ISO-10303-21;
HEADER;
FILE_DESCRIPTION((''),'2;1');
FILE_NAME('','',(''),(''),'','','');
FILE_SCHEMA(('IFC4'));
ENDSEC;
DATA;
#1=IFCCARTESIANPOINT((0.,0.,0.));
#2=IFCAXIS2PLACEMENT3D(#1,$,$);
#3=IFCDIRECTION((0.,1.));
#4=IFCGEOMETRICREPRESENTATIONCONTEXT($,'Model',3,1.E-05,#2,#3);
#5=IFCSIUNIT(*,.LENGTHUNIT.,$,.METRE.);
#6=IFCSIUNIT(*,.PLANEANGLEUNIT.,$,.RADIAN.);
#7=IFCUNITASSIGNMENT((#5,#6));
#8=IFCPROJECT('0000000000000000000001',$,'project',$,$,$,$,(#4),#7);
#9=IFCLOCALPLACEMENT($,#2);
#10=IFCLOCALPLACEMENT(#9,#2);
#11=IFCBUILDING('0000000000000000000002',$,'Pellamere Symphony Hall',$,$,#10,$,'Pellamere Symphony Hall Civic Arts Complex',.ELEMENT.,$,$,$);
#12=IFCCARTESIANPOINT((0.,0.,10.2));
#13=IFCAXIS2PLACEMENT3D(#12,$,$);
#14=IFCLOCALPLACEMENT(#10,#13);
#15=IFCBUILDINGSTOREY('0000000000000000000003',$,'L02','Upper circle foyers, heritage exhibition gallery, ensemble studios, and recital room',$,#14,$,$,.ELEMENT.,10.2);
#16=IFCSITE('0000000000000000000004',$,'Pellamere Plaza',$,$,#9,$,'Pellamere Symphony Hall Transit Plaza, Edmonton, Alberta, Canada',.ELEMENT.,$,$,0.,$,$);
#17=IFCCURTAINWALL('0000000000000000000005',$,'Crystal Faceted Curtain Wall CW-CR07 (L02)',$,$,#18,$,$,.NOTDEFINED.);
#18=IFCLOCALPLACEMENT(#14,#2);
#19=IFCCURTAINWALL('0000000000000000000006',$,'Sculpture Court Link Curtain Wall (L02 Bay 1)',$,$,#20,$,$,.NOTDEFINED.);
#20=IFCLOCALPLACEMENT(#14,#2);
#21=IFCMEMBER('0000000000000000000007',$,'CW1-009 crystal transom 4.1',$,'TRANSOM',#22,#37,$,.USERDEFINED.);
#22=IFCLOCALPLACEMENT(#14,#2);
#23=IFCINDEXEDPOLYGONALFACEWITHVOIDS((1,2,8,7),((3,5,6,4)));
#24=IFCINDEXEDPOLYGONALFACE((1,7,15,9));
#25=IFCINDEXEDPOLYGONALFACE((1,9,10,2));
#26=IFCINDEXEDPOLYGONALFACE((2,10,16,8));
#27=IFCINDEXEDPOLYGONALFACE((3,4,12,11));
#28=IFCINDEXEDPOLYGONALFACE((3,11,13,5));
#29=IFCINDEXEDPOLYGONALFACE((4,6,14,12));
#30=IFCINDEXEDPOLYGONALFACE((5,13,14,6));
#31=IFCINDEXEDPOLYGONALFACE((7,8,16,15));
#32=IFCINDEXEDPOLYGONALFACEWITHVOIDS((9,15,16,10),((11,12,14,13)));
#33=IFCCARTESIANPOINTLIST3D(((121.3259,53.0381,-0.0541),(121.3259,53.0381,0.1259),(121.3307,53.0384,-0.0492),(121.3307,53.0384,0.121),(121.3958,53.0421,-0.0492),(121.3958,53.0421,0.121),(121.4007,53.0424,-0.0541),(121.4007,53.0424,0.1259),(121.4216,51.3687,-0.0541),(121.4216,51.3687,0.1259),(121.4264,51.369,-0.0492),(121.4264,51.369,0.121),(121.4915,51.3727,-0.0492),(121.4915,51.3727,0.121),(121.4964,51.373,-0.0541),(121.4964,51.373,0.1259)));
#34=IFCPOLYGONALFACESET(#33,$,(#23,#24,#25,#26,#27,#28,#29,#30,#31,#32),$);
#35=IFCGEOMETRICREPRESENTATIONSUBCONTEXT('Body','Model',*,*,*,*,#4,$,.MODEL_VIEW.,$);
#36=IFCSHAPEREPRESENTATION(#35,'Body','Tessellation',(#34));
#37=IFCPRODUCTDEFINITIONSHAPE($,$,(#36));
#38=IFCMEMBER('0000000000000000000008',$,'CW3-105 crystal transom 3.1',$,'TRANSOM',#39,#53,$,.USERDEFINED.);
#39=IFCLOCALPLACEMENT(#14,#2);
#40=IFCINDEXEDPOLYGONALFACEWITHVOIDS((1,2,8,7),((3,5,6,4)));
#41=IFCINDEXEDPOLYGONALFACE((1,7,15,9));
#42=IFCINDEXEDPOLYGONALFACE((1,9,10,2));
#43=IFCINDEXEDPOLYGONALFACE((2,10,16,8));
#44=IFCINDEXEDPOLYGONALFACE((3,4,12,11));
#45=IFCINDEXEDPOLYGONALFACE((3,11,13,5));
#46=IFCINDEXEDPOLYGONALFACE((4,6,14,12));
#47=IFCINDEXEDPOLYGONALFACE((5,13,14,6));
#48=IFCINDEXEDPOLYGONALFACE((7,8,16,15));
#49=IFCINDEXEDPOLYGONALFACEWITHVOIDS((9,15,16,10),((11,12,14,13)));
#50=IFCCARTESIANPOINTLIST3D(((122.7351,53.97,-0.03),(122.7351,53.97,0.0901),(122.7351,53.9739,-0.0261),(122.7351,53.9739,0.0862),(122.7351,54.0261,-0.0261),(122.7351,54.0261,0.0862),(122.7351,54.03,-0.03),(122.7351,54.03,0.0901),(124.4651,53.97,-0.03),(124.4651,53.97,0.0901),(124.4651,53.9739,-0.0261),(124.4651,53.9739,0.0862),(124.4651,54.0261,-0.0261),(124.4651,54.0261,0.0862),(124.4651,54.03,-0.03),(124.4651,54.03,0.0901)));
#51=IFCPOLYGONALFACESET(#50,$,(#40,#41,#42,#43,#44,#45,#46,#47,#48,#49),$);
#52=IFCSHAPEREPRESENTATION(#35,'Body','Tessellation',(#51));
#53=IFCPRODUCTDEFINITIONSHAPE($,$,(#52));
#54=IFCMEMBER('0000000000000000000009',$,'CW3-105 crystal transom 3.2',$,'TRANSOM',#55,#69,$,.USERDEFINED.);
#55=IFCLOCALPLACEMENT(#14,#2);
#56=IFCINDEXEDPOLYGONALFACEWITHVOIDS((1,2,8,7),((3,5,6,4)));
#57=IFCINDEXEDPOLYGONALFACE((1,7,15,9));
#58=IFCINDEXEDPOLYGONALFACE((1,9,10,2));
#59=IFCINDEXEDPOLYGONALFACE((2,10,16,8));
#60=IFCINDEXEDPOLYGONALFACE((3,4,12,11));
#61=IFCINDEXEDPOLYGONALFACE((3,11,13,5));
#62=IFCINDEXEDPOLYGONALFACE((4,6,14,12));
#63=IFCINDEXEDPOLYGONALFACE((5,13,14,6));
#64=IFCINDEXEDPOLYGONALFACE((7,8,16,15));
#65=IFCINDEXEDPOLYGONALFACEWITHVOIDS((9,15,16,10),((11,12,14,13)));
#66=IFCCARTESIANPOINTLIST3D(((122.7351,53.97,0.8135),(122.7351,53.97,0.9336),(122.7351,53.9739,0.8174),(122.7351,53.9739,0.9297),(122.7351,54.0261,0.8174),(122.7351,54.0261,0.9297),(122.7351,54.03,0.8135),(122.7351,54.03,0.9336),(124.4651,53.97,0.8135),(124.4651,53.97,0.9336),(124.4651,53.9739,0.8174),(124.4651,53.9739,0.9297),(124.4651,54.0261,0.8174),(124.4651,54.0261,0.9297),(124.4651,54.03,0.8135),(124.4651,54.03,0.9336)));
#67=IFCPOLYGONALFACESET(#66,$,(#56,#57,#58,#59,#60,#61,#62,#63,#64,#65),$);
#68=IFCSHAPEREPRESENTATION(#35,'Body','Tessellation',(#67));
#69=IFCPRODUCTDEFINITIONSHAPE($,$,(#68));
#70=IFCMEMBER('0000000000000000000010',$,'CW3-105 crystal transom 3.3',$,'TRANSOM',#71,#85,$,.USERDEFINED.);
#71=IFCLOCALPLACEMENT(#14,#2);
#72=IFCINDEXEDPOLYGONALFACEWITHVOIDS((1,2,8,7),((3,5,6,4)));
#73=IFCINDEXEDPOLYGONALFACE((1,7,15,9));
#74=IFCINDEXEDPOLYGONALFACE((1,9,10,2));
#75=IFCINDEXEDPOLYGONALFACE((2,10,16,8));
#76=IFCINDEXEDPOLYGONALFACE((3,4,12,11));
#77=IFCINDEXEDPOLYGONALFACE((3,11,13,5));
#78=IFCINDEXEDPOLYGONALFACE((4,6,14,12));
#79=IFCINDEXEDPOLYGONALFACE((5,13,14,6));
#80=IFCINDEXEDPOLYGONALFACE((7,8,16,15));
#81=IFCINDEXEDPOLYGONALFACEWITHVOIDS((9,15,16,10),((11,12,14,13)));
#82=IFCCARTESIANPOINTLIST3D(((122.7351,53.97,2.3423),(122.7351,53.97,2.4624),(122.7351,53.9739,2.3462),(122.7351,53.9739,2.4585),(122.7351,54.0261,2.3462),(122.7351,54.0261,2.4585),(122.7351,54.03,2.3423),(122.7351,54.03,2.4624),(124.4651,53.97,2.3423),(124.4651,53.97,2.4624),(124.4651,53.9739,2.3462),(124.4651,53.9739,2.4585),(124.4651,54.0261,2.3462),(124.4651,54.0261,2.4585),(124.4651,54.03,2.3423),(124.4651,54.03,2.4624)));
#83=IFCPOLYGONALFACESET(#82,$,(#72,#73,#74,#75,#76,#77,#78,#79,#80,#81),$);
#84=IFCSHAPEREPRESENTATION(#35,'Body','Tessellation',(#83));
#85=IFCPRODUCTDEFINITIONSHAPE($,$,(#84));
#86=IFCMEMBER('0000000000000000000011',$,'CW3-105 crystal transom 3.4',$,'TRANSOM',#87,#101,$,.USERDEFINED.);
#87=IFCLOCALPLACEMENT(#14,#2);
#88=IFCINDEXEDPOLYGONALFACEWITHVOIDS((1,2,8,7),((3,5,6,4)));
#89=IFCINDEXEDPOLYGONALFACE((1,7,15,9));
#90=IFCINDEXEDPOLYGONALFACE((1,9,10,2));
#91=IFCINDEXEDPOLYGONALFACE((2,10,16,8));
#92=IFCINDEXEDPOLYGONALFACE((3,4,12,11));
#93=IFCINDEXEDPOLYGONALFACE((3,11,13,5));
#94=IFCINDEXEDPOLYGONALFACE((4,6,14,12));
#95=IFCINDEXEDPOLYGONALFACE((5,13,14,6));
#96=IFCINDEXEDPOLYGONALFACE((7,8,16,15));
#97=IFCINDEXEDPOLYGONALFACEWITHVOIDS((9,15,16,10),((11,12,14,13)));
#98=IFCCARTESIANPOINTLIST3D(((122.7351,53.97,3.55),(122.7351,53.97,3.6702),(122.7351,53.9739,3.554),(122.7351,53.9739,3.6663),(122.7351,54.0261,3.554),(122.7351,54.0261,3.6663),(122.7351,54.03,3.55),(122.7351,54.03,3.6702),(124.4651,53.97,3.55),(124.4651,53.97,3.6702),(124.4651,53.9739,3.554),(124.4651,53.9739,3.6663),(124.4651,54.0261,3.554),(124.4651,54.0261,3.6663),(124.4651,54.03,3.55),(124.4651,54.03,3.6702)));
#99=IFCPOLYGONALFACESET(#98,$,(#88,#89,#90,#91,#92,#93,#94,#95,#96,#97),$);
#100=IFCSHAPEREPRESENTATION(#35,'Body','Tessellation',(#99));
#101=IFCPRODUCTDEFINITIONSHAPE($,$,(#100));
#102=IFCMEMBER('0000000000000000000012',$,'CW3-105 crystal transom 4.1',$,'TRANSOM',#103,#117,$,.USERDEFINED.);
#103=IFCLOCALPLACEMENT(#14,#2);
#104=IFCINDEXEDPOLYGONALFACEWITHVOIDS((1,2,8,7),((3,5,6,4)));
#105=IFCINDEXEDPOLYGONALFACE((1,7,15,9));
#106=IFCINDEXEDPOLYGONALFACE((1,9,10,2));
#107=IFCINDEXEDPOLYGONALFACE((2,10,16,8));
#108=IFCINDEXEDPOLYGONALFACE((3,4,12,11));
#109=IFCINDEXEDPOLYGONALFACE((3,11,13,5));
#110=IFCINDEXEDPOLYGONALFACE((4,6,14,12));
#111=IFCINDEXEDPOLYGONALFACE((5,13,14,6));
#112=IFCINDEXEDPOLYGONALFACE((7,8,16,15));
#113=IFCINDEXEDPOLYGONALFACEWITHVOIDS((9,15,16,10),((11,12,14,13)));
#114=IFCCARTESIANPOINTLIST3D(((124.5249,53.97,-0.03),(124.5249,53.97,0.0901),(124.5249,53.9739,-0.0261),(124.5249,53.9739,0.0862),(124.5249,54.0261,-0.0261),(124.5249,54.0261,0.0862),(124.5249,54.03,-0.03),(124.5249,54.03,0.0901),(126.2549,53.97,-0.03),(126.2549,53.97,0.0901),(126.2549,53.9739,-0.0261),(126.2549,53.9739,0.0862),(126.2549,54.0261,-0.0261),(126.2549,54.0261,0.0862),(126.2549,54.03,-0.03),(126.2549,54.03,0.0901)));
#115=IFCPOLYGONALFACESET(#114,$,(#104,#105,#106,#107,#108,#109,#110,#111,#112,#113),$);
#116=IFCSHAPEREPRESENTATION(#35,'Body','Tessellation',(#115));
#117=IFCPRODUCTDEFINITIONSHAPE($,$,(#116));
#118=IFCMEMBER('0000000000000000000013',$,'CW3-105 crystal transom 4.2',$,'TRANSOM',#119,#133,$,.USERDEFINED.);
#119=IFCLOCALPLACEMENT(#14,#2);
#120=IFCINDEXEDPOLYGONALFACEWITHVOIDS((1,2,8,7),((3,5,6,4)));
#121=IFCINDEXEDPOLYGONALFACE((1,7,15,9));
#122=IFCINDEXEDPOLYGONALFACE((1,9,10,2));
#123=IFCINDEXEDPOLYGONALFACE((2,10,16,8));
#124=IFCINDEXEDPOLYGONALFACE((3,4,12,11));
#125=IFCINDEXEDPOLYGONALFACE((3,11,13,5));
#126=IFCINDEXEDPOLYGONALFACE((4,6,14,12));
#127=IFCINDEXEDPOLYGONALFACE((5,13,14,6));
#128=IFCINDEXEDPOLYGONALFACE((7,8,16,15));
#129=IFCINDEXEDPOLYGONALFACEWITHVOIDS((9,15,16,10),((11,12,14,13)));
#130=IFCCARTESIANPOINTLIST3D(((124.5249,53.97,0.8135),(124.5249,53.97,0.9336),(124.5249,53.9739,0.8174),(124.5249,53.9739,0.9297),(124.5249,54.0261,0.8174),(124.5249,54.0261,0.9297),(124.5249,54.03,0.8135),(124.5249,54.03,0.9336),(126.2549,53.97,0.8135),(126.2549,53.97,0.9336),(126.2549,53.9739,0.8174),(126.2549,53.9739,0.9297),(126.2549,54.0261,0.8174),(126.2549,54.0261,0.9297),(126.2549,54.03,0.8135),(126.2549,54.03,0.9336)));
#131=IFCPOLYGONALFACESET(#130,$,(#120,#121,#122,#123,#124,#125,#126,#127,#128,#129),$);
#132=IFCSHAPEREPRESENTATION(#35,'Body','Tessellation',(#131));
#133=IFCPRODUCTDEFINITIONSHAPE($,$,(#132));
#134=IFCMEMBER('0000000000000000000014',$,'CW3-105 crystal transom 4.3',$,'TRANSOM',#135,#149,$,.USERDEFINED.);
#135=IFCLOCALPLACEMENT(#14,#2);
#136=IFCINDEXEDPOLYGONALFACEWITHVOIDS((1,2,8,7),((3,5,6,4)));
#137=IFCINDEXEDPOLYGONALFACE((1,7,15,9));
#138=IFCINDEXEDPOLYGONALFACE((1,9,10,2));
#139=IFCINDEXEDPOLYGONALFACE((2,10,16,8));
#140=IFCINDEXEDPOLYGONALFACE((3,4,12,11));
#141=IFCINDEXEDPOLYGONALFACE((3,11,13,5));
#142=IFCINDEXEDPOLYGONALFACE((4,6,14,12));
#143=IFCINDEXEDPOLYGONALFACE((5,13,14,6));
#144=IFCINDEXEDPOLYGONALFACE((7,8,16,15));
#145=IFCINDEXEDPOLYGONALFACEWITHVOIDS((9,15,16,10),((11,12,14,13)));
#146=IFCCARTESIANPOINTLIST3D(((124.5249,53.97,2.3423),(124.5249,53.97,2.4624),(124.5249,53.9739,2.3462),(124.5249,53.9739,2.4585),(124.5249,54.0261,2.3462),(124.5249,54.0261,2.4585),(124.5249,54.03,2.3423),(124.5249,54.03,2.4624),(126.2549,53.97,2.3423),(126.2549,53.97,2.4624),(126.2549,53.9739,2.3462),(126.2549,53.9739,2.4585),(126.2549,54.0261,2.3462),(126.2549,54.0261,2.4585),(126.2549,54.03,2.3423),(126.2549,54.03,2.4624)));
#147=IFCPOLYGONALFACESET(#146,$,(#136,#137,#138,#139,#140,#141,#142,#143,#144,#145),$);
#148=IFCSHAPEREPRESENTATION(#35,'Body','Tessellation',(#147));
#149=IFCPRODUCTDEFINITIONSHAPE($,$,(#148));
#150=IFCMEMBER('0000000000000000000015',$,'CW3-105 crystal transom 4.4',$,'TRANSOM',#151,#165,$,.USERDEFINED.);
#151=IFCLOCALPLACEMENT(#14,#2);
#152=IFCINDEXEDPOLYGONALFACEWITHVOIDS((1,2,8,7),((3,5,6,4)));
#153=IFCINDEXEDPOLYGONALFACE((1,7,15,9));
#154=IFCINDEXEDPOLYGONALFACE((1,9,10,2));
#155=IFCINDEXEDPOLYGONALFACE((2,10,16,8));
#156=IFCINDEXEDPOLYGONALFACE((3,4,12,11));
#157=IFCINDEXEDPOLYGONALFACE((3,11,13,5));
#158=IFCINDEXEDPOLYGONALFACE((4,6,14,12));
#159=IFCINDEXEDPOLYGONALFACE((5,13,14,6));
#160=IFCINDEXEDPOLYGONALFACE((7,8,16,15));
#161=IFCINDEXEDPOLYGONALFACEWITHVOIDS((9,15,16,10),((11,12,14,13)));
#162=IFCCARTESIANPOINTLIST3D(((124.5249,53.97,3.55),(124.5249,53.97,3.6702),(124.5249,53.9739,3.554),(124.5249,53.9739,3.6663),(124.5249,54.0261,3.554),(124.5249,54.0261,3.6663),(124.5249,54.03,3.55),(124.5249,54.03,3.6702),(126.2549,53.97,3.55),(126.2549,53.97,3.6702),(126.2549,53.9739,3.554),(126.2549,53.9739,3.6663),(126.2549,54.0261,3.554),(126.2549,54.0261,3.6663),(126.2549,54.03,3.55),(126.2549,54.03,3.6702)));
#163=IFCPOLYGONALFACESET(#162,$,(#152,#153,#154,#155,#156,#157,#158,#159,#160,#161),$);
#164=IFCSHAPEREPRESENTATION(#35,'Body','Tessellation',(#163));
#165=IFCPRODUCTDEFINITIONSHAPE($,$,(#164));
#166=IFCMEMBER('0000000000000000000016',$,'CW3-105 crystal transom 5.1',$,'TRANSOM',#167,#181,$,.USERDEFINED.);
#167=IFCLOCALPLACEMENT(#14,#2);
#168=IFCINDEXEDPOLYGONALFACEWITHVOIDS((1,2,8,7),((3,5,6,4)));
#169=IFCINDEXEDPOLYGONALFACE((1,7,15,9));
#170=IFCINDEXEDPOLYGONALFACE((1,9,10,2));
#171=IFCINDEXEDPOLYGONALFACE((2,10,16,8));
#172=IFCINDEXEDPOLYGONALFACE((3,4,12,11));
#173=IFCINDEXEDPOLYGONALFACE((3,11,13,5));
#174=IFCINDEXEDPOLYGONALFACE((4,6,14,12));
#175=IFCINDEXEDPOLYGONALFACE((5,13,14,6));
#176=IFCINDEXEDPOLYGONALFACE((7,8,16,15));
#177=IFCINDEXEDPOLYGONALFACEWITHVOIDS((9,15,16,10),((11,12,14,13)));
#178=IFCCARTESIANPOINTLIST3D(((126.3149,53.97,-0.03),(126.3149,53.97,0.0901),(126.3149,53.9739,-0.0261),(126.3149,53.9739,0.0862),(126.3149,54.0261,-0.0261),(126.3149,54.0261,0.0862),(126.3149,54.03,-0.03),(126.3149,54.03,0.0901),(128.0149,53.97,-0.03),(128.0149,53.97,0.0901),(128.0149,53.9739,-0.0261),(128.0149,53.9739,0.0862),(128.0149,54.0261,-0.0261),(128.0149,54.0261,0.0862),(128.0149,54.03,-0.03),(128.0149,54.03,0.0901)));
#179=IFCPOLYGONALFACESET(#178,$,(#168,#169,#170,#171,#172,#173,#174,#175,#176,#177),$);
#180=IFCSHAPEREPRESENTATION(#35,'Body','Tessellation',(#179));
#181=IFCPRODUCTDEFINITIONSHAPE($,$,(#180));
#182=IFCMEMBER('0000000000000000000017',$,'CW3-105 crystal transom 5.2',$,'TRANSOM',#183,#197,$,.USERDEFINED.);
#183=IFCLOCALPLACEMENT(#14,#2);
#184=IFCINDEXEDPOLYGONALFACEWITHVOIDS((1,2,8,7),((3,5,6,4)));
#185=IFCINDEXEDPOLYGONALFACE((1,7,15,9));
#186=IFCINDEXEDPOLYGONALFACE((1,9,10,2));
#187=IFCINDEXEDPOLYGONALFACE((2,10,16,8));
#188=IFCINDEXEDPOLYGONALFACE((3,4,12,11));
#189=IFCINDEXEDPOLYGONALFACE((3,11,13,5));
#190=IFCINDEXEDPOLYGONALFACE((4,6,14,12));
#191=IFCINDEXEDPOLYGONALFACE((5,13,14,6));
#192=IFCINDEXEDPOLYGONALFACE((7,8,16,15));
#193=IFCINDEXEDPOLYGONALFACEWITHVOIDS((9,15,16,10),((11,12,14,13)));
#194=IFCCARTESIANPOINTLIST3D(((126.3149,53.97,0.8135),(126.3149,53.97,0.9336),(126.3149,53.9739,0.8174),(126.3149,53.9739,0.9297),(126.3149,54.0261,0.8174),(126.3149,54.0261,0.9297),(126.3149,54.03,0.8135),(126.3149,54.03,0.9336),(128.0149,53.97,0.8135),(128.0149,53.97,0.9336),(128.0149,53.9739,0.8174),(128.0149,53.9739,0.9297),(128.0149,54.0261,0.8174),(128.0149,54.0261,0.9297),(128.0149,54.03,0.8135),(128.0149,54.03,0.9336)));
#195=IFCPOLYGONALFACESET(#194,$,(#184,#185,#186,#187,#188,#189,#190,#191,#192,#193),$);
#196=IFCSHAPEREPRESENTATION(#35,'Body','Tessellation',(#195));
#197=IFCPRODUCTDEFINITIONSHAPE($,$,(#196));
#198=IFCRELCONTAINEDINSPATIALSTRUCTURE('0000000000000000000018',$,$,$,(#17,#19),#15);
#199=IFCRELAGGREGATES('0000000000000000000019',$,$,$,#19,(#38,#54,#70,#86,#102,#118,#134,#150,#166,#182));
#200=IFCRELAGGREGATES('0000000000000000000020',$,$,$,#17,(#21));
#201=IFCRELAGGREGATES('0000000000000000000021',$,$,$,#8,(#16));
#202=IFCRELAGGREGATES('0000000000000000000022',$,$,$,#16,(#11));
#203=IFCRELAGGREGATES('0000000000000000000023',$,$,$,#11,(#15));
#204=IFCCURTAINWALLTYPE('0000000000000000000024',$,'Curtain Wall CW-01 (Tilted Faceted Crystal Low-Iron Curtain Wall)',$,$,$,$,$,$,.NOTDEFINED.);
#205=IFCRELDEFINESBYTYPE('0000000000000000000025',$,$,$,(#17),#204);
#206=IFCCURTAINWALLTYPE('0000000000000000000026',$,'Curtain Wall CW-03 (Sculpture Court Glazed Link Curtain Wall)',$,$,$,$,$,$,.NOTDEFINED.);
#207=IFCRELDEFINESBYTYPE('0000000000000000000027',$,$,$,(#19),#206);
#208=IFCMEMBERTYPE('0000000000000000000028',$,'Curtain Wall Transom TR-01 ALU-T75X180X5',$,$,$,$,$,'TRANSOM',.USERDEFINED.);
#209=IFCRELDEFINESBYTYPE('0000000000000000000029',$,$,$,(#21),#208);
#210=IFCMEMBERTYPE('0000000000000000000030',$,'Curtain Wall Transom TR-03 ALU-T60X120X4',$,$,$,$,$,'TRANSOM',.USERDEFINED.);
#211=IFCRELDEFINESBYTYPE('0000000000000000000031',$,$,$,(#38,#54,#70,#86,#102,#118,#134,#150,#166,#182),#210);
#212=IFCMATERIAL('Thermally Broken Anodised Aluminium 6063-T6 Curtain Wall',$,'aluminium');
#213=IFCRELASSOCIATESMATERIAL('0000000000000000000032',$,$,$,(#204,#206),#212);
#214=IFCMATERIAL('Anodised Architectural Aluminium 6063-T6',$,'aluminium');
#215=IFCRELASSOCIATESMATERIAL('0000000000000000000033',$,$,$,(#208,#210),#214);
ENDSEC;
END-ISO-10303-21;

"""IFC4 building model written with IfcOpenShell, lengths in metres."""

from ifc_helpers import new_model, si_unit, direction, frame, origin, origin_2d, place, context, subcontext, project, spatial, hollow_rectangle, extrude, material, material_profile, profile_set, type_object, element, aggregate, save


model = new_model("IFC4")

# Units and contexts
model_context = context("Model", 3, precision=1e-05, world=origin(), true_north=direction((0.0, 1.0)))
body_context = subcontext(model_context, "Body", "Model", "MODEL_VIEW")
ifc_project = project(units=[si_unit("LENGTHUNIT", "METRE"), si_unit("PLANEANGLEUNIT", "RADIAN")], contexts=[model_context])

# Site, building, storey
site_placement = place(None, origin())
site = spatial("IfcSite", under=ifc_project, at=site_placement, Name="Pellamere Plaza", LongName="Pellamere Symphony Hall Transit Plaza, Edmonton, Alberta, Canada", CompositionType="ELEMENT", RefElevation=0.0)
building_placement = place(site_placement, origin())
building = spatial("IfcBuilding", under=site, at=building_placement, Name="Pellamere Symphony Hall", LongName="Pellamere Symphony Hall Civic Arts Complex", CompositionType="ELEMENT")
storey_placement = place(building_placement, frame((0.0, 0.0, 10.2)))
storey = spatial("IfcBuildingStorey", under=building, at=storey_placement, Name="L02", Description="Upper circle foyers, heritage exhibition gallery, ensemble studios, and recital room", CompositionType="ELEMENT", Elevation=10.2)

# Curtain walls
ifc_material_1 = material(Name="Thermally Broken Anodised Aluminium 6063-T6 Curtain Wall", Category="aluminium")
curtain_wall_type_1 = type_object("IfcCurtainWallType", Name="Curtain Wall CW-01 (Tilted Faceted Crystal Low-Iron Curtain Wall)", PredefinedType="NOTDEFINED", material=ifc_material_1)
curtain_wall_1_placement = place(storey_placement, origin())
curtain_wall_1 = element("IfcCurtainWall", 1, at=curtain_wall_1_placement, inside=storey, type_object=curtain_wall_type_1, Name="Crystal Faceted Curtain Wall CW-CR07 (L02)", PredefinedType="NOTDEFINED")
ifc_material_2 = material(Name="Anodised Architectural Aluminium 6063-T6", Category="aluminium")
curtain_wall_type_2 = type_object("IfcCurtainWallType", Name="Curtain Wall CW-03 (Sculpture Court Glazed Link Curtain Wall)", PredefinedType="NOTDEFINED", material=ifc_material_1)
curtain_wall_2_placement = place(storey_placement, origin())
curtain_wall_2 = element("IfcCurtainWall", 2, at=curtain_wall_2_placement, inside=storey, type_object=curtain_wall_type_2, Name="Sculpture Court Link Curtain Wall (L02 Bay 1)", PredefinedType="NOTDEFINED")

# Members
ifc_material_profile_1 = material_profile(ifc_material_2, hollow_rectangle(XDim=0.075, YDim=0.1799, WallThickness=0.0049, at=origin_2d()), Name="ALU-T75X180X5")
ifc_profile_set_1 = profile_set([ifc_material_profile_1], Name="Anodised Architectural Aluminium 6063-T6")
member_type_1 = type_object("IfcMemberType", Name="Curtain Wall Transom TR-01 ALU-T75X180X5", ElementType="TRANSOM", PredefinedType="USERDEFINED", material=ifc_profile_set_1)
member_1_placement = place(storey_placement, frame((121.459, 51.3708, 0.0359), z_axis=(-0.057233, 0.998361, 0.0), x_axis=(-0.998361, -0.057233, 0.0)))
member_1 = element("IfcMember", 3, at=member_1_placement, type_object=member_type_1, Name="CW1-009 crystal transom 4.1", ObjectType="TRANSOM", PredefinedType="USERDEFINED", context=body_context, shape_type="SweptSolid", body=[
    extrude(hollow_rectangle(XDim=0.075, YDim=0.1799, WallThickness=0.0049, at=origin_2d()), origin(), (0.0, 0.0, 1.0), 1.6721),
])
ifc_material_profile_2 = material_profile(ifc_material_2, hollow_rectangle(XDim=0.0601, YDim=0.1201, WallThickness=0.0039, at=origin_2d()), Name="ALU-T60X120X4")
ifc_profile_set_2 = profile_set([ifc_material_profile_2], Name="Anodised Architectural Aluminium 6063-T6")
member_type_2 = type_object("IfcMemberType", Name="Curtain Wall Transom TR-03 ALU-T60X120X4", ElementType="TRANSOM", PredefinedType="USERDEFINED", material=ifc_profile_set_2)
member_2_placement = place(storey_placement, frame((122.7351, 54.0, 0.03), z_axis=(1.0, 0.0, 0.0), x_axis=(0.0, 1.0, 0.0)))
member_2 = element("IfcMember", 4, at=member_2_placement, type_object=member_type_2, Name="CW3-105 crystal transom 3.1", ObjectType="TRANSOM", PredefinedType="USERDEFINED", context=body_context, shape_type="SweptSolid", body=[
    extrude(hollow_rectangle(XDim=0.0601, YDim=0.1201, WallThickness=0.0039, at=origin_2d()), origin(), (0.0, 0.0, 1.0), 1.73),
])
member_3_placement = place(storey_placement, frame((122.7351, 54.0, 0.8735), z_axis=(1.0, 0.0, 0.0), x_axis=(0.0, 1.0, 0.0)))
member_3 = element("IfcMember", 5, at=member_3_placement, type_object=member_type_2, Name="CW3-105 crystal transom 3.2", ObjectType="TRANSOM", PredefinedType="USERDEFINED", context=body_context, shape_type="SweptSolid", body=[
    extrude(hollow_rectangle(XDim=0.0601, YDim=0.1201, WallThickness=0.0039, at=origin_2d()), origin(), (0.0, 0.0, 1.0), 1.73),
])
member_4_placement = place(storey_placement, frame((122.7351, 54.0, 2.4023), z_axis=(1.0, 0.0, 0.0), x_axis=(0.0, 1.0, 0.0)))
member_4 = element("IfcMember", 6, at=member_4_placement, type_object=member_type_2, Name="CW3-105 crystal transom 3.3", ObjectType="TRANSOM", PredefinedType="USERDEFINED", context=body_context, shape_type="SweptSolid", body=[
    extrude(hollow_rectangle(XDim=0.0601, YDim=0.1201, WallThickness=0.0039, at=origin_2d()), origin(), (0.0, 0.0, 1.0), 1.73),
])
member_5_placement = place(storey_placement, frame((122.7351, 54.0, 3.6101), z_axis=(1.0, 0.0, 0.0), x_axis=(0.0, 1.0, 0.0)))
member_5 = element("IfcMember", 7, at=member_5_placement, type_object=member_type_2, Name="CW3-105 crystal transom 3.4", ObjectType="TRANSOM", PredefinedType="USERDEFINED", context=body_context, shape_type="SweptSolid", body=[
    extrude(hollow_rectangle(XDim=0.0601, YDim=0.1201, WallThickness=0.0039, at=origin_2d()), origin(), (0.0, 0.0, 1.0), 1.73),
])
member_6_placement = place(storey_placement, frame((124.5249, 54.0, 0.03), z_axis=(1.0, 0.0, 0.0), x_axis=(0.0, 1.0, 0.0)))
member_6 = element("IfcMember", 8, at=member_6_placement, type_object=member_type_2, Name="CW3-105 crystal transom 4.1", ObjectType="TRANSOM", PredefinedType="USERDEFINED", context=body_context, shape_type="SweptSolid", body=[
    extrude(hollow_rectangle(XDim=0.0601, YDim=0.1201, WallThickness=0.0039, at=origin_2d()), origin(), (0.0, 0.0, 1.0), 1.73),
])
member_7_placement = place(storey_placement, frame((124.5249, 54.0, 0.8735), z_axis=(1.0, 0.0, 0.0), x_axis=(0.0, 1.0, 0.0)))
member_7 = element("IfcMember", 9, at=member_7_placement, type_object=member_type_2, Name="CW3-105 crystal transom 4.2", ObjectType="TRANSOM", PredefinedType="USERDEFINED", context=body_context, shape_type="SweptSolid", body=[
    extrude(hollow_rectangle(XDim=0.0601, YDim=0.1201, WallThickness=0.0039, at=origin_2d()), origin(), (0.0, 0.0, 1.0), 1.73),
])
member_8_placement = place(storey_placement, frame((124.5249, 54.0, 2.4023), z_axis=(1.0, 0.0, 0.0), x_axis=(0.0, 1.0, 0.0)))
member_8 = element("IfcMember", 10, at=member_8_placement, type_object=member_type_2, Name="CW3-105 crystal transom 4.3", ObjectType="TRANSOM", PredefinedType="USERDEFINED", context=body_context, shape_type="SweptSolid", body=[
    extrude(hollow_rectangle(XDim=0.0601, YDim=0.1201, WallThickness=0.0039, at=origin_2d()), origin(), (0.0, 0.0, 1.0), 1.73),
])
member_9_placement = place(storey_placement, frame((124.5249, 54.0, 3.6101), z_axis=(1.0, 0.0, 0.0), x_axis=(0.0, 1.0, 0.0)))
member_9 = element("IfcMember", 11, at=member_9_placement, type_object=member_type_2, Name="CW3-105 crystal transom 4.4", ObjectType="TRANSOM", PredefinedType="USERDEFINED", context=body_context, shape_type="SweptSolid", body=[
    extrude(hollow_rectangle(XDim=0.0601, YDim=0.1201, WallThickness=0.0039, at=origin_2d()), origin(), (0.0, 0.0, 1.0), 1.73),
])
member_10_placement = place(storey_placement, frame((126.3149, 54.0, 0.03), z_axis=(1.0, 0.0, 0.0), x_axis=(0.0, 1.0, 0.0)))
member_10 = element("IfcMember", 12, at=member_10_placement, type_object=member_type_2, Name="CW3-105 crystal transom 5.1", ObjectType="TRANSOM", PredefinedType="USERDEFINED", context=body_context, shape_type="SweptSolid", body=[
    extrude(hollow_rectangle(XDim=0.0601, YDim=0.1201, WallThickness=0.0039, at=origin_2d()), origin(), (0.0, 0.0, 1.0), 1.7),
])
member_11_placement = place(storey_placement, frame((126.3149, 54.0, 0.8735), z_axis=(1.0, 0.0, 0.0), x_axis=(0.0, 1.0, 0.0)))
member_11 = element("IfcMember", 13, at=member_11_placement, type_object=member_type_2, Name="CW3-105 crystal transom 5.2", ObjectType="TRANSOM", PredefinedType="USERDEFINED", context=body_context, shape_type="SweptSolid", body=[
    extrude(hollow_rectangle(XDim=0.0601, YDim=0.1201, WallThickness=0.0039, at=origin_2d()), origin(), (0.0, 0.0, 1.0), 1.7),
])

aggregate(curtain_wall_2, [member_2, member_3, member_4, member_5, member_6, member_7, member_8, member_9, member_10, member_11])
aggregate(curtain_wall_1, [member_1])

save(model, "model.ifc")
